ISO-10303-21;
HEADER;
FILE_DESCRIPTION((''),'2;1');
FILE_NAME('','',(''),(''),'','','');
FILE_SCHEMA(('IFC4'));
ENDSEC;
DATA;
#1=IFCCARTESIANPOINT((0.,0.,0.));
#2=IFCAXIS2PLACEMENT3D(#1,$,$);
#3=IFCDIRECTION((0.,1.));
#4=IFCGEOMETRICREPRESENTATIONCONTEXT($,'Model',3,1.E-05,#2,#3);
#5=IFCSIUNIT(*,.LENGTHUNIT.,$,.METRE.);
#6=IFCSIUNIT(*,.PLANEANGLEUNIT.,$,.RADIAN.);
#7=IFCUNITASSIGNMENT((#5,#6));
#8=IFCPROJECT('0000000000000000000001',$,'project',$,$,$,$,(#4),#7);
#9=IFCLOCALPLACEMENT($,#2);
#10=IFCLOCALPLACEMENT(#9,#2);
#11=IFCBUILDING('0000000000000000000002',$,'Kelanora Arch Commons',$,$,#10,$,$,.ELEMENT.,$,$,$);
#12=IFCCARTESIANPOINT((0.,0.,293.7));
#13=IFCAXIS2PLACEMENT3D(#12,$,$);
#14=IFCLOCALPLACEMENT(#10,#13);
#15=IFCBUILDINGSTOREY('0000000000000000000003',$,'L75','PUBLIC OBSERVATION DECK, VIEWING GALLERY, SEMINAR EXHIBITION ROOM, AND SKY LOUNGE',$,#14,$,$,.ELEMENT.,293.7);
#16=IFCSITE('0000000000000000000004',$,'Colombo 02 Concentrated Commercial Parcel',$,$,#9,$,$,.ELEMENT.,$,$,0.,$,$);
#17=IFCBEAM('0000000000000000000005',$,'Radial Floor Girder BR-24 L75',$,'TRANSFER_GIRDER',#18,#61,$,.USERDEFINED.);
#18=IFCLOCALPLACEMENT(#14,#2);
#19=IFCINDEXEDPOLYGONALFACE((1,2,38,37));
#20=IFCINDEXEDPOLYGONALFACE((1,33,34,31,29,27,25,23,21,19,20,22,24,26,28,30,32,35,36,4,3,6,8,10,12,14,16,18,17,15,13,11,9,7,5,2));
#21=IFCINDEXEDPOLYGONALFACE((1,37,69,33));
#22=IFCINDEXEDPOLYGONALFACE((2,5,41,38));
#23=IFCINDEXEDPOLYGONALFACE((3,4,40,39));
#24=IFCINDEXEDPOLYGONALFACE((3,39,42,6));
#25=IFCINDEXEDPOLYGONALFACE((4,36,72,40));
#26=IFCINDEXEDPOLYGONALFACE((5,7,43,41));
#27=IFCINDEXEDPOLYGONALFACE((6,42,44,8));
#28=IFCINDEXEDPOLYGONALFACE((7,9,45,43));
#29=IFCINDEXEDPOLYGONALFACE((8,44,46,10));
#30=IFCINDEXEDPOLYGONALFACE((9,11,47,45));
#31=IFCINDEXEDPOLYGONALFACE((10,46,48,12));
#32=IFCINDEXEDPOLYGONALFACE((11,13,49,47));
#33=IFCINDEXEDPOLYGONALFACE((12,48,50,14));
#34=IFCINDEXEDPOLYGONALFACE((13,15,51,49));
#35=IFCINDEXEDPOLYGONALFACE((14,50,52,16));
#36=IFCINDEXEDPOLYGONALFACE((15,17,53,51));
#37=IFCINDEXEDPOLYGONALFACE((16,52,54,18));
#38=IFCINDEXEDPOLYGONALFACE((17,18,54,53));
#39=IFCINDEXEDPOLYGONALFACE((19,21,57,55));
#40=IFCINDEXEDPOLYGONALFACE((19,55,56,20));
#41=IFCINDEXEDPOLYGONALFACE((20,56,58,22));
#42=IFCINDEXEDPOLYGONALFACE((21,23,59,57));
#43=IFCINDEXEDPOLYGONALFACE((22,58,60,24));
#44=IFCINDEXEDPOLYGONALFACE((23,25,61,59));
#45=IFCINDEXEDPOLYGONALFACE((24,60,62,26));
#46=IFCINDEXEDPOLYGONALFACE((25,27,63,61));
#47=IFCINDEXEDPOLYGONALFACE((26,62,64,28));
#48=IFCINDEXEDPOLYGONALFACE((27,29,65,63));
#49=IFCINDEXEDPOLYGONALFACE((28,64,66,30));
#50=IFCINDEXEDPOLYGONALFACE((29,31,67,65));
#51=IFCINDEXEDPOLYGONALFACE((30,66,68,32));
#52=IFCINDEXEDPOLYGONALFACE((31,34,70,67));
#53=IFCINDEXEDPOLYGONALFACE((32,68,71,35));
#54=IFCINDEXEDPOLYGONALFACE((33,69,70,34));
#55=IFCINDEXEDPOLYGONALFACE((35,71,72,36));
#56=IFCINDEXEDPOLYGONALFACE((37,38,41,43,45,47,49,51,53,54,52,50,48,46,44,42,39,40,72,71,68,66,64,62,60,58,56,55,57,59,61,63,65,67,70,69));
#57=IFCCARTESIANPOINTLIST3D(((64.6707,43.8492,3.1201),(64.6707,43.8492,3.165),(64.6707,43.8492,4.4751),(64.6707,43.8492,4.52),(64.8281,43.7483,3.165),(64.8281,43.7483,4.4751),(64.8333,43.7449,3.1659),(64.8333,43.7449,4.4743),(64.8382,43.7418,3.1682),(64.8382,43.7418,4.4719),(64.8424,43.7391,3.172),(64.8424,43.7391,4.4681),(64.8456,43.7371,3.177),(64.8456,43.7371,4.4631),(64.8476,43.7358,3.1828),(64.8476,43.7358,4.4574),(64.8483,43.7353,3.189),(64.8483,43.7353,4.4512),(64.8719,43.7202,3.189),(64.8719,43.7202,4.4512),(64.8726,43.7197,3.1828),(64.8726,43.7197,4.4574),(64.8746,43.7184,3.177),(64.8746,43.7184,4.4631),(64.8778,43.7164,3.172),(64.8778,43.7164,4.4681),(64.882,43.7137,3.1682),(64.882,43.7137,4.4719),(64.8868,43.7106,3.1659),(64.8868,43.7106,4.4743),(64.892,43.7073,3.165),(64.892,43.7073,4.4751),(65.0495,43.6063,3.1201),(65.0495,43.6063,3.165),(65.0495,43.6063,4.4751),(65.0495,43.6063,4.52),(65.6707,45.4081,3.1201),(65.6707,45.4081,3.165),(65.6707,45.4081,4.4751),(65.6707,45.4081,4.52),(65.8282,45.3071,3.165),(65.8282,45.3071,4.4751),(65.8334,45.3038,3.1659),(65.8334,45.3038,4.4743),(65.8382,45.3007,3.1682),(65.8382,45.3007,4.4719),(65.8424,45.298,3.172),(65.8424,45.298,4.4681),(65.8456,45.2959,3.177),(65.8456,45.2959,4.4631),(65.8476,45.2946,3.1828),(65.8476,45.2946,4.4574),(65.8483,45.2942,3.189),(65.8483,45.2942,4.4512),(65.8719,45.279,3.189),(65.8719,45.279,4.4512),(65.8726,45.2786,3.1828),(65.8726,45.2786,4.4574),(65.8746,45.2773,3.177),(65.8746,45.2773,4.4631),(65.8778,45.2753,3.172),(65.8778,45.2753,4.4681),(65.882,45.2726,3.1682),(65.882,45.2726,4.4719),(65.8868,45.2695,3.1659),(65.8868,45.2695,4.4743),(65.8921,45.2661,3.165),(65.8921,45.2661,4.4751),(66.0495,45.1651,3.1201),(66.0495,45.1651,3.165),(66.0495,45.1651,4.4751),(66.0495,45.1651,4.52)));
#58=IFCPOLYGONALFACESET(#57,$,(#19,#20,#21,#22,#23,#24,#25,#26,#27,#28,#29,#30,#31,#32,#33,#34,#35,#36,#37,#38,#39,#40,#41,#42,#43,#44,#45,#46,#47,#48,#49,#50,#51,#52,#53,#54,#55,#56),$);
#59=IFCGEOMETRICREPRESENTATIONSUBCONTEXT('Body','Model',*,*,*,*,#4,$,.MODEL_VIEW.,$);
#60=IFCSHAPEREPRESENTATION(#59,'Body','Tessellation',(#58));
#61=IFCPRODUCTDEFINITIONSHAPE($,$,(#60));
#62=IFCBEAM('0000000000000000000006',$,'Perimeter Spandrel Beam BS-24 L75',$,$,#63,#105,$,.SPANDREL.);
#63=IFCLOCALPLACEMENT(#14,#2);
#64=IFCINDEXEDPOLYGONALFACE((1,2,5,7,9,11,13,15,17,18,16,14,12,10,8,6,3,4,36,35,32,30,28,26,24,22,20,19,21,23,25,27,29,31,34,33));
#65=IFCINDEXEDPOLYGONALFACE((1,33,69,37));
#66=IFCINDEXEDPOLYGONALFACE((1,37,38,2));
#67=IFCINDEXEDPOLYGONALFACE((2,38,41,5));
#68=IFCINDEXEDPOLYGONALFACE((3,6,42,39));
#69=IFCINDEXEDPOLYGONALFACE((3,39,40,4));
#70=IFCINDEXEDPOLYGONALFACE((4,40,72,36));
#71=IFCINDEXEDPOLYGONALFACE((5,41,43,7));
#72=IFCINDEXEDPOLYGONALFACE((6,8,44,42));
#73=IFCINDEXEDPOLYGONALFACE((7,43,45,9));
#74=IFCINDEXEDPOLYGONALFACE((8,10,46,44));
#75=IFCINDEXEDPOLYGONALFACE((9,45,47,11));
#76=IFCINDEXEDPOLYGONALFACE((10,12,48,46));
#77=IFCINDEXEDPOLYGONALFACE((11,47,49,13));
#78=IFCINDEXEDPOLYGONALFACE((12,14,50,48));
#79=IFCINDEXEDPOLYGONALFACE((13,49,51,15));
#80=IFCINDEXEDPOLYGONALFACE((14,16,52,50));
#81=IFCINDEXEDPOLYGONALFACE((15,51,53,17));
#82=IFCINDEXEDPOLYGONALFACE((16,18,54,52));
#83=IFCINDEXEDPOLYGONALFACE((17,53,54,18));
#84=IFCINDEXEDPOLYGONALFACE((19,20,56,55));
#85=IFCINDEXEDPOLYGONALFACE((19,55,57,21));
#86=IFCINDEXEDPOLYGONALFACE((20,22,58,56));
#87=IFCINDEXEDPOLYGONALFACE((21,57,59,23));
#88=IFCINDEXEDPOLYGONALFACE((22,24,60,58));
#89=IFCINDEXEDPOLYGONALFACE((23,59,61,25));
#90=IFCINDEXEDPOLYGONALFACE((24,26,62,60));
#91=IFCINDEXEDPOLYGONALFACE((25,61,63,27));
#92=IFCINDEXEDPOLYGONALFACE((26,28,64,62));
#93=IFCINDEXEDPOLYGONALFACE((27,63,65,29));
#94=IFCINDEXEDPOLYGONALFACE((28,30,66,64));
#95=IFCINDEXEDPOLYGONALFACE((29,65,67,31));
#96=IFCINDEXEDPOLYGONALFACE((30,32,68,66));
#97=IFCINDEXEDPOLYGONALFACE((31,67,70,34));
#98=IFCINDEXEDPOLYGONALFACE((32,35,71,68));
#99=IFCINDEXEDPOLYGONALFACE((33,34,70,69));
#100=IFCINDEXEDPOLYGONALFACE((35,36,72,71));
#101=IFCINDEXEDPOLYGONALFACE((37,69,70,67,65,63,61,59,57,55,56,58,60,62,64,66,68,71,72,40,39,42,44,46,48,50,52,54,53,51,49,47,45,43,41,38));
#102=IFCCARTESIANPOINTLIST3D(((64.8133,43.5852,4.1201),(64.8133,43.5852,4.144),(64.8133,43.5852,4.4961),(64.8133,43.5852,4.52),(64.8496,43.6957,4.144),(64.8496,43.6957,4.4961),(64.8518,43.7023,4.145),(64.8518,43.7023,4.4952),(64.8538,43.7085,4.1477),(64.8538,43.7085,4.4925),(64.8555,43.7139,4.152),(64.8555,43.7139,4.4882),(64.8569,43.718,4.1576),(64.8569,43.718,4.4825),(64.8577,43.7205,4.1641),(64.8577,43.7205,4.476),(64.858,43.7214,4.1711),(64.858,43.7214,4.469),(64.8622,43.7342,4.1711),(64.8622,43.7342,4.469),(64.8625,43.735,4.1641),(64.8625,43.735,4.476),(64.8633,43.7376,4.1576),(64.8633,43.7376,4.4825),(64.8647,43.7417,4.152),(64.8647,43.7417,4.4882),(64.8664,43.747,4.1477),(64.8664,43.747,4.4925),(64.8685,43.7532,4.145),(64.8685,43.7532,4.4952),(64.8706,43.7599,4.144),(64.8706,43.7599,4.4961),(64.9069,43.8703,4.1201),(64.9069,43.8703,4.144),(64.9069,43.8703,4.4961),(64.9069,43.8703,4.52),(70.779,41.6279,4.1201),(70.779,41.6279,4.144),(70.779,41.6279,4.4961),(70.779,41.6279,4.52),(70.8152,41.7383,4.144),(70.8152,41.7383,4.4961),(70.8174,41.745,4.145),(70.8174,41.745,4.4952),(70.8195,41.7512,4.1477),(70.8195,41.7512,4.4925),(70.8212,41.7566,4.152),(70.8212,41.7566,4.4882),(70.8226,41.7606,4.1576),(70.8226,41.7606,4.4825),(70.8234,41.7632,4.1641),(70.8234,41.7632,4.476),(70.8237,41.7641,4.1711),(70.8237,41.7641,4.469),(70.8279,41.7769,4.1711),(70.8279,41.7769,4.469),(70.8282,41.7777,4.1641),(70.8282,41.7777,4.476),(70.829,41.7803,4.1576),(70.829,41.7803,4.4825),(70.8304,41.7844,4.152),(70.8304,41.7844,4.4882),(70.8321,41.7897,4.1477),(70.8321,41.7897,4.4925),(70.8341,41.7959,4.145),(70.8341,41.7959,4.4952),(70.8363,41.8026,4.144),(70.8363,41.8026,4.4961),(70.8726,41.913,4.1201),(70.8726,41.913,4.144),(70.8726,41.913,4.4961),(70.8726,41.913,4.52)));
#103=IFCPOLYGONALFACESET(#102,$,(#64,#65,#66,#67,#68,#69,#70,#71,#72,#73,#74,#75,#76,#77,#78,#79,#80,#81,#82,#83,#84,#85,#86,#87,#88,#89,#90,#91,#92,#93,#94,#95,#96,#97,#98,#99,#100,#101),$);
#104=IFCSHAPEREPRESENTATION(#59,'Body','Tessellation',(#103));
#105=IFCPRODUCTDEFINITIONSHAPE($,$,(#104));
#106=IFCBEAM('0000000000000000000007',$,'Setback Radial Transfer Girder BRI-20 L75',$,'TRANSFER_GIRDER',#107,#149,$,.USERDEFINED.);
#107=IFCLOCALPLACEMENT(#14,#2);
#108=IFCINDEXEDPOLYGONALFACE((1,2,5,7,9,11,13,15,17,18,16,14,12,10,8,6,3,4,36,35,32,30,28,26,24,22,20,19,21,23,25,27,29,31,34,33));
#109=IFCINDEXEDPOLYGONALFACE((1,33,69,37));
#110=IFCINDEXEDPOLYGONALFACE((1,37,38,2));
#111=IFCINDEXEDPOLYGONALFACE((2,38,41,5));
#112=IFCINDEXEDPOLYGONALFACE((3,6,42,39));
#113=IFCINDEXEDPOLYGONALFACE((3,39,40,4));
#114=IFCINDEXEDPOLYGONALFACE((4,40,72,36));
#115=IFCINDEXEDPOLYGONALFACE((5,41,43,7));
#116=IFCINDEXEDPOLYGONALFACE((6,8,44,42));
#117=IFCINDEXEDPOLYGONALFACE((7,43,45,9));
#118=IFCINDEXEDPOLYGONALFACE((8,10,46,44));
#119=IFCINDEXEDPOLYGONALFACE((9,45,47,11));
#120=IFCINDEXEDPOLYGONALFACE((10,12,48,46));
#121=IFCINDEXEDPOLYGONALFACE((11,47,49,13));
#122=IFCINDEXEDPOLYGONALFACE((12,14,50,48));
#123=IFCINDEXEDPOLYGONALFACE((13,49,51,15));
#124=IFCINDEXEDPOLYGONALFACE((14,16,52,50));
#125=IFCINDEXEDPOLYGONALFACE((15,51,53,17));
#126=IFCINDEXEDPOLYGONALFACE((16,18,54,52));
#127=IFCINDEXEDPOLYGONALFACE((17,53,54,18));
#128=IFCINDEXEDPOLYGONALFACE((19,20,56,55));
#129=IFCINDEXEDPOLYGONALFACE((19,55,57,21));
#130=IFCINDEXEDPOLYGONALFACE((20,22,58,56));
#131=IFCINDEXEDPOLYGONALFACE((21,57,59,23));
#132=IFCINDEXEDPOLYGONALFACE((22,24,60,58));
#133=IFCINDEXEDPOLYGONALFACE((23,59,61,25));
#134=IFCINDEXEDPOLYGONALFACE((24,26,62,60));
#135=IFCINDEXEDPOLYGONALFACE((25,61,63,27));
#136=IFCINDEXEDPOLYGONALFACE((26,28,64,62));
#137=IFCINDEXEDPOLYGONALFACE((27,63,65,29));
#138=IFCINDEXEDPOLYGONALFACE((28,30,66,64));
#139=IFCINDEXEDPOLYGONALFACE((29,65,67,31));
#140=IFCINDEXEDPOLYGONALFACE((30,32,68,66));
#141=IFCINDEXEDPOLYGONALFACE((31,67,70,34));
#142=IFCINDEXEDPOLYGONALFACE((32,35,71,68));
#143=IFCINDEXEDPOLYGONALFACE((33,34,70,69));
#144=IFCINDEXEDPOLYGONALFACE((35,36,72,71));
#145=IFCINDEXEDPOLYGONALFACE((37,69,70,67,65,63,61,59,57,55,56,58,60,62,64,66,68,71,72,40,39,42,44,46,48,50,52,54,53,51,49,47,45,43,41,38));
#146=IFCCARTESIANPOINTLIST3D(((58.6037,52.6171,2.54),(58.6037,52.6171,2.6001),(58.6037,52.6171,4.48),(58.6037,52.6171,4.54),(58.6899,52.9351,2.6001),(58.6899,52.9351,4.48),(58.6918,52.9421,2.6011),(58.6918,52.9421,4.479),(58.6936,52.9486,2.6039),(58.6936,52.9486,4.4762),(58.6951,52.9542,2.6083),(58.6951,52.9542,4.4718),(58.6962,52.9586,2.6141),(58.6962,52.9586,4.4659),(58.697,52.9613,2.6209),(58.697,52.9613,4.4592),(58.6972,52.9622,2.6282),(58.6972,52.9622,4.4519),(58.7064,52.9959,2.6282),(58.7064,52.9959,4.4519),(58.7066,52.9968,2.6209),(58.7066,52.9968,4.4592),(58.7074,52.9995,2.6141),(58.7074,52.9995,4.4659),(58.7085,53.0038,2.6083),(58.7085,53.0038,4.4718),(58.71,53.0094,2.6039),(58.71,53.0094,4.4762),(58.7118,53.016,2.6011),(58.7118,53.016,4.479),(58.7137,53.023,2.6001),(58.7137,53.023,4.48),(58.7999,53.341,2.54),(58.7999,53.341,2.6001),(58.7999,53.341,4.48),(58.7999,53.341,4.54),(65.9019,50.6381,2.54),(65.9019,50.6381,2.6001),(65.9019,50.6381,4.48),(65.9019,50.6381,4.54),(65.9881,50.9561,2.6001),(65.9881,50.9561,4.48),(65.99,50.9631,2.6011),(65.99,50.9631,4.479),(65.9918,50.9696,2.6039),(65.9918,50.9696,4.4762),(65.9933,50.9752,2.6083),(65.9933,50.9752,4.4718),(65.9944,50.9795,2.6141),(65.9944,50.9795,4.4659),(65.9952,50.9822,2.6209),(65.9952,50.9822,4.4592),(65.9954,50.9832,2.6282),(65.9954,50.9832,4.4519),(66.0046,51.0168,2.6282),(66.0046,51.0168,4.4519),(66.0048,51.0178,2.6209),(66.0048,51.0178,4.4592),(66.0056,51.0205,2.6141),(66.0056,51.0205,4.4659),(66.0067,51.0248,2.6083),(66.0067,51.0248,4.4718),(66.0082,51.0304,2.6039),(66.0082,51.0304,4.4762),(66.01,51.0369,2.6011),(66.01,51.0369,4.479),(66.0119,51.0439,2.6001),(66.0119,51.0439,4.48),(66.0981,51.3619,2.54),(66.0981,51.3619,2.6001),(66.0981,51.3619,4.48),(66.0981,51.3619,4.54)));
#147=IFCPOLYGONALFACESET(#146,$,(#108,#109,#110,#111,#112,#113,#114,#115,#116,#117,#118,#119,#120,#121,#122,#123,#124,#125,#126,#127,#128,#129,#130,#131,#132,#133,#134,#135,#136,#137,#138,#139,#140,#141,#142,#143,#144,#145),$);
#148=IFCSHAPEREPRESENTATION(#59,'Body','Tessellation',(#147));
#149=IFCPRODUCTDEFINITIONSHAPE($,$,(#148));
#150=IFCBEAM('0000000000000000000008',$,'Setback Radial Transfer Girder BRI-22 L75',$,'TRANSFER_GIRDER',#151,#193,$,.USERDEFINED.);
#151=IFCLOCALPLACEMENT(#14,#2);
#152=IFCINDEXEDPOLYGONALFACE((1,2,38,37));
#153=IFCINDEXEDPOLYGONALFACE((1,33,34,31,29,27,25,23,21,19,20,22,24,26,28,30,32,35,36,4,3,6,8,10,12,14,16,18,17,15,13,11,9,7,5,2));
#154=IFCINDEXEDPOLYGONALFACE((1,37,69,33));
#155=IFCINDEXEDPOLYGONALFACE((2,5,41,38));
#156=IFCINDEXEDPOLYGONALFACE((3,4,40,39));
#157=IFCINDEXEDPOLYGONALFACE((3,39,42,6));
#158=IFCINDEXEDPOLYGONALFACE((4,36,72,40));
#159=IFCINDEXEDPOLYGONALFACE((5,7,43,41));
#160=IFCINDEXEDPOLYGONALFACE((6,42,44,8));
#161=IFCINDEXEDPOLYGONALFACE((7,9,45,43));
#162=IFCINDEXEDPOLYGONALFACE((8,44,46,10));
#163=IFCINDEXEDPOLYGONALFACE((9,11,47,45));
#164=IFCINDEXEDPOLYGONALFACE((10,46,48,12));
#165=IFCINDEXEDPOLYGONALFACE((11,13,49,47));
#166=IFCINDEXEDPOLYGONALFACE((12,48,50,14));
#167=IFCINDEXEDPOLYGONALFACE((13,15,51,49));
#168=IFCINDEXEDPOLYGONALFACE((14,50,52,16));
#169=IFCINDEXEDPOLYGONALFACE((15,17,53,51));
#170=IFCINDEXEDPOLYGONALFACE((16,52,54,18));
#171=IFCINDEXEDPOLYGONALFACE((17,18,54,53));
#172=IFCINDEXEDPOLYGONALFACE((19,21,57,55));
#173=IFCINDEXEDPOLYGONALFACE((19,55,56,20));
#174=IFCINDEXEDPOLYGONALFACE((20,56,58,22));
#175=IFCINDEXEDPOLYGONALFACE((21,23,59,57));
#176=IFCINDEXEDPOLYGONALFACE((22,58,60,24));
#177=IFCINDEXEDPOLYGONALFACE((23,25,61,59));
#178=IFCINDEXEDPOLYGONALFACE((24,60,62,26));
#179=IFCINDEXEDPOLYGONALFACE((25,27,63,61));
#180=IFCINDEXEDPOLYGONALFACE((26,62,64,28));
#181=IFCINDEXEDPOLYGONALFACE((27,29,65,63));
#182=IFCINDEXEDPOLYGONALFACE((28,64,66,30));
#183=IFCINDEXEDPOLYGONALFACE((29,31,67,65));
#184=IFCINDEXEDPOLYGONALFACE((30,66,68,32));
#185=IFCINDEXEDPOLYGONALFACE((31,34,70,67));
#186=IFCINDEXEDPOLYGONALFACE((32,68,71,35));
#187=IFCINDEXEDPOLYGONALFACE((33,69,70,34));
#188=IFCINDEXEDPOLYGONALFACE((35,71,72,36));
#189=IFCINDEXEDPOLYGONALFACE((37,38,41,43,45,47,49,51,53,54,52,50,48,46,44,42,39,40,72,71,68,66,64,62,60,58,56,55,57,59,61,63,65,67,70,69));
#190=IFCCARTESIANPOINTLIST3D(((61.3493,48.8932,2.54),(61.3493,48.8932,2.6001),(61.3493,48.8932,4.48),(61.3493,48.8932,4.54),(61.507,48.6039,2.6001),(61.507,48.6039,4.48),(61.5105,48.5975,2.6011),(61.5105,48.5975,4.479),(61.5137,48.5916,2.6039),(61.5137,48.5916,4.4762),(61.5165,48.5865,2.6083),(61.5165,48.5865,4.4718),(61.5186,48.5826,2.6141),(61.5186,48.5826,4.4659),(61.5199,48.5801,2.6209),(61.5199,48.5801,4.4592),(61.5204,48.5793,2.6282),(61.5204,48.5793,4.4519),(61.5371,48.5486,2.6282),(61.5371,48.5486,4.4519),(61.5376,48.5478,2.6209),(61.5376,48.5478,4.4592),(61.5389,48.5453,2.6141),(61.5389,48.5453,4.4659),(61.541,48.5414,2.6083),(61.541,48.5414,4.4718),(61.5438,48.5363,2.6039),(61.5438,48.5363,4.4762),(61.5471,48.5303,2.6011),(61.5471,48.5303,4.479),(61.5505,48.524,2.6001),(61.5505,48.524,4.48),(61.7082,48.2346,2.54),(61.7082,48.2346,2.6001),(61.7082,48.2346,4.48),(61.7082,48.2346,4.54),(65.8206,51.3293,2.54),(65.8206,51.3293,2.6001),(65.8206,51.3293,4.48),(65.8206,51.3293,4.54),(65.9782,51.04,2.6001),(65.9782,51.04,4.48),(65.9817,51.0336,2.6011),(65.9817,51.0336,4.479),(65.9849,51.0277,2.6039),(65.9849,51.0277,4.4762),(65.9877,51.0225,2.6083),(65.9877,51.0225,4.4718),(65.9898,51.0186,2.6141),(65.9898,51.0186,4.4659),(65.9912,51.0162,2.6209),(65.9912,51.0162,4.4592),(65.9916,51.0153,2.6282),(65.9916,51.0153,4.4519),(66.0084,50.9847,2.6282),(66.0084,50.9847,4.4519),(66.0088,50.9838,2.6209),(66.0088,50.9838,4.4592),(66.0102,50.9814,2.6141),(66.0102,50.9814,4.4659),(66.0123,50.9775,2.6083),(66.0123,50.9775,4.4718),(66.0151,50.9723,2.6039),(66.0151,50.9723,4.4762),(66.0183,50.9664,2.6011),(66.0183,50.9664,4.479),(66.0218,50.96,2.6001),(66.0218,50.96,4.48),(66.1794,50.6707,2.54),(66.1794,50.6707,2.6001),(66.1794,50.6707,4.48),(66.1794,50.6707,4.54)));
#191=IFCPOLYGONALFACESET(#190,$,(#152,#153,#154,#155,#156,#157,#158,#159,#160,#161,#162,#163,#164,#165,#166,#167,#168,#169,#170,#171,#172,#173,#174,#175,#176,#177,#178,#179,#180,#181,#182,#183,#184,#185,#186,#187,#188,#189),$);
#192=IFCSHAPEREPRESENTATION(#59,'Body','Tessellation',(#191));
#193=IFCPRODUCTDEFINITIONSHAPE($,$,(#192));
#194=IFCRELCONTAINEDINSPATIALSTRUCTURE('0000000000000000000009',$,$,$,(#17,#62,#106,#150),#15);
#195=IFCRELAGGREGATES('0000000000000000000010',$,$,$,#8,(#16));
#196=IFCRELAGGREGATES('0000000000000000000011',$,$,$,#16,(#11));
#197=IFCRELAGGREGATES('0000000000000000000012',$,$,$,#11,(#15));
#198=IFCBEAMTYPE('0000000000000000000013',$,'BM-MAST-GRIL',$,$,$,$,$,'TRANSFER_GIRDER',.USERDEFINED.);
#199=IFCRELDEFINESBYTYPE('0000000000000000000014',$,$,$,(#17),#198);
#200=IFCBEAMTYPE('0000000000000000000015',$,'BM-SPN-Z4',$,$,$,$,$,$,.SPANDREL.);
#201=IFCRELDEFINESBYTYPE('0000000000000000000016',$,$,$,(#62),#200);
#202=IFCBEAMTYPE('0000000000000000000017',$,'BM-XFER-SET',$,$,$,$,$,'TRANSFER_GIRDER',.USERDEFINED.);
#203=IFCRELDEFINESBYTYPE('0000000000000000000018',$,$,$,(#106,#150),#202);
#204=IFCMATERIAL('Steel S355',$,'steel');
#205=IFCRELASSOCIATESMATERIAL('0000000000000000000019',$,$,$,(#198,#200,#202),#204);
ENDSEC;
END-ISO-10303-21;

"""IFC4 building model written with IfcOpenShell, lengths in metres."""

from ifc_helpers import new_model, si_unit, direction, frame, origin, origin_2d, place, context, subcontext, project, spatial, i_section, extrude, material, material_profile, profile_set, type_object, element, save


model = new_model("IFC4")

# Units and contexts
model_context = context("Model", 3, precision=1e-05, world=origin(), true_north=direction((0.0, 1.0)))
body_context = subcontext(model_context, "Body", "Model", "MODEL_VIEW")
ifc_project = project(units=[si_unit("LENGTHUNIT", "METRE"), si_unit("PLANEANGLEUNIT", "RADIAN")], contexts=[model_context])

# Site, building, storey
site_placement = place(None, origin())
site = spatial("IfcSite", under=ifc_project, at=site_placement, Name="Colombo 02 Concentrated Commercial Parcel", CompositionType="ELEMENT", RefElevation=0.0)
building_placement = place(site_placement, origin())
building = spatial("IfcBuilding", under=site, at=building_placement, Name="Kelanora Arch Commons", CompositionType="ELEMENT")
storey_placement = place(building_placement, frame((0.0, 0.0, 293.7)))
storey = spatial("IfcBuildingStorey", under=building, at=storey_placement, Name="L75", Description="PUBLIC OBSERVATION DECK, VIEWING GALLERY, SEMINAR EXHIBITION ROOM, AND SKY LOUNGE", CompositionType="ELEMENT", Elevation=293.7)

# Beams
ifc_material_1 = material(Name="Steel S355", Category="steel")
ifc_material_profile_1 = material_profile(ifc_material_1, i_section(OverallWidth=0.45, OverallDepth=1.3999, WebThickness=0.0281, FlangeThickness=0.0449, FilletRadius=0.0239, at=origin_2d()), Name="PG1400x450")
ifc_profile_set_1 = profile_set([ifc_material_profile_1], Name="Steel S355")
beam_type_1 = type_object("IfcBeamType", Name="BM-MAST-GRIL", ElementType="TRANSFER_GIRDER", PredefinedType="USERDEFINED", material=ifc_profile_set_1)
beam_1_placement = place(storey_placement, frame((65.8601, 45.2866, 3.8201), z_axis=(-0.539951, -0.841696, 0.0), x_axis=(0.841696, -0.539951, 0.0)))
element("IfcBeam", 1, at=beam_1_placement, inside=storey, type_object=beam_type_1, Name="Radial Floor Girder BR-24 L75", ObjectType="TRANSFER_GIRDER", PredefinedType="USERDEFINED", context=body_context, shape_type="SweptSolid", body=[
    extrude(i_section(OverallWidth=0.45, OverallDepth=1.3999, WebThickness=0.0281, FlangeThickness=0.0449, FilletRadius=0.0239, at=origin_2d()), origin(), (0.0, 0.0, 1.0), 1.8521),
])
ifc_material_profile_2 = material_profile(ifc_material_1, i_section(OverallWidth=0.3, OverallDepth=0.3999, WebThickness=0.0134, FlangeThickness=0.0239, FilletRadius=0.0271, at=origin_2d()), Name="HEB400")
ifc_profile_set_2 = profile_set([ifc_material_profile_2], Name="Steel S355")
beam_type_2 = type_object("IfcBeamType", Name="BM-SPN-Z4", PredefinedType="SPANDREL", material=ifc_profile_set_2)
beam_2_placement = place(storey_placement, frame((64.8601, 43.7278, 4.3201), z_axis=(0.950166, -0.311745, 0.0), x_axis=(0.311745, 0.950166, 0.0)))
element("IfcBeam", 2, at=beam_2_placement, inside=storey, type_object=beam_type_2, Name="Perimeter Spandrel Beam BS-24 L75", PredefinedType="SPANDREL", context=body_context, shape_type="SweptSolid", body=[
    extrude(i_section(OverallWidth=0.3, OverallDepth=0.3999, WebThickness=0.0134, FlangeThickness=0.0239, FilletRadius=0.0271, at=origin_2d()), origin(), (0.0, 0.0, 1.0), 6.2786),
])
ifc_material_profile_3 = material_profile(ifc_material_1, i_section(OverallWidth=0.75, OverallDepth=2.0, WebThickness=0.0349, FlangeThickness=0.0601, FilletRadius=0.0281, at=origin_2d()), Name="PG2000x750")
ifc_profile_set_3 = profile_set([ifc_material_profile_3], Name="Steel S355")
beam_type_3 = type_object("IfcBeamType", Name="BM-XFER-SET", ElementType="TRANSFER_GIRDER", PredefinedType="USERDEFINED", material=ifc_profile_set_3)
beam_3_placement = place(storey_placement, frame((66.0, 51.0, 3.54), z_axis=(-0.965145, 0.261716, 0.0), x_axis=(-0.261716, -0.965145, 0.0)))
element("IfcBeam", 3, at=beam_3_placement, inside=storey, type_object=beam_type_3, Name="Setback Radial Transfer Girder BRI-20 L75", ObjectType="TRANSFER_GIRDER", PredefinedType="USERDEFINED", context=body_context, shape_type="SweptSolid", body=[
    extrude(i_section(OverallWidth=0.75, OverallDepth=2.0, WebThickness=0.0349, FlangeThickness=0.0601, FilletRadius=0.0281, at=origin_2d()), origin(), (0.0, 0.0, 1.0), 7.5618),
])
beam_4_placement = place(storey_placement, frame((66.0, 51.0, 3.54), z_axis=(-0.878126, -0.478429, 0.0), x_axis=(0.478429, -0.878126, 0.0)))
element("IfcBeam", 4, at=beam_4_placement, inside=storey, type_object=beam_type_3, Name="Setback Radial Transfer Girder BRI-22 L75", ObjectType="TRANSFER_GIRDER", PredefinedType="USERDEFINED", context=body_context, shape_type="SweptSolid", body=[
    extrude(i_section(OverallWidth=0.75, OverallDepth=2.0, WebThickness=0.0349, FlangeThickness=0.0601, FilletRadius=0.0281, at=origin_2d()), origin(), (0.0, 0.0, 1.0), 5.0918),
])

save(model, "model.ifc")
